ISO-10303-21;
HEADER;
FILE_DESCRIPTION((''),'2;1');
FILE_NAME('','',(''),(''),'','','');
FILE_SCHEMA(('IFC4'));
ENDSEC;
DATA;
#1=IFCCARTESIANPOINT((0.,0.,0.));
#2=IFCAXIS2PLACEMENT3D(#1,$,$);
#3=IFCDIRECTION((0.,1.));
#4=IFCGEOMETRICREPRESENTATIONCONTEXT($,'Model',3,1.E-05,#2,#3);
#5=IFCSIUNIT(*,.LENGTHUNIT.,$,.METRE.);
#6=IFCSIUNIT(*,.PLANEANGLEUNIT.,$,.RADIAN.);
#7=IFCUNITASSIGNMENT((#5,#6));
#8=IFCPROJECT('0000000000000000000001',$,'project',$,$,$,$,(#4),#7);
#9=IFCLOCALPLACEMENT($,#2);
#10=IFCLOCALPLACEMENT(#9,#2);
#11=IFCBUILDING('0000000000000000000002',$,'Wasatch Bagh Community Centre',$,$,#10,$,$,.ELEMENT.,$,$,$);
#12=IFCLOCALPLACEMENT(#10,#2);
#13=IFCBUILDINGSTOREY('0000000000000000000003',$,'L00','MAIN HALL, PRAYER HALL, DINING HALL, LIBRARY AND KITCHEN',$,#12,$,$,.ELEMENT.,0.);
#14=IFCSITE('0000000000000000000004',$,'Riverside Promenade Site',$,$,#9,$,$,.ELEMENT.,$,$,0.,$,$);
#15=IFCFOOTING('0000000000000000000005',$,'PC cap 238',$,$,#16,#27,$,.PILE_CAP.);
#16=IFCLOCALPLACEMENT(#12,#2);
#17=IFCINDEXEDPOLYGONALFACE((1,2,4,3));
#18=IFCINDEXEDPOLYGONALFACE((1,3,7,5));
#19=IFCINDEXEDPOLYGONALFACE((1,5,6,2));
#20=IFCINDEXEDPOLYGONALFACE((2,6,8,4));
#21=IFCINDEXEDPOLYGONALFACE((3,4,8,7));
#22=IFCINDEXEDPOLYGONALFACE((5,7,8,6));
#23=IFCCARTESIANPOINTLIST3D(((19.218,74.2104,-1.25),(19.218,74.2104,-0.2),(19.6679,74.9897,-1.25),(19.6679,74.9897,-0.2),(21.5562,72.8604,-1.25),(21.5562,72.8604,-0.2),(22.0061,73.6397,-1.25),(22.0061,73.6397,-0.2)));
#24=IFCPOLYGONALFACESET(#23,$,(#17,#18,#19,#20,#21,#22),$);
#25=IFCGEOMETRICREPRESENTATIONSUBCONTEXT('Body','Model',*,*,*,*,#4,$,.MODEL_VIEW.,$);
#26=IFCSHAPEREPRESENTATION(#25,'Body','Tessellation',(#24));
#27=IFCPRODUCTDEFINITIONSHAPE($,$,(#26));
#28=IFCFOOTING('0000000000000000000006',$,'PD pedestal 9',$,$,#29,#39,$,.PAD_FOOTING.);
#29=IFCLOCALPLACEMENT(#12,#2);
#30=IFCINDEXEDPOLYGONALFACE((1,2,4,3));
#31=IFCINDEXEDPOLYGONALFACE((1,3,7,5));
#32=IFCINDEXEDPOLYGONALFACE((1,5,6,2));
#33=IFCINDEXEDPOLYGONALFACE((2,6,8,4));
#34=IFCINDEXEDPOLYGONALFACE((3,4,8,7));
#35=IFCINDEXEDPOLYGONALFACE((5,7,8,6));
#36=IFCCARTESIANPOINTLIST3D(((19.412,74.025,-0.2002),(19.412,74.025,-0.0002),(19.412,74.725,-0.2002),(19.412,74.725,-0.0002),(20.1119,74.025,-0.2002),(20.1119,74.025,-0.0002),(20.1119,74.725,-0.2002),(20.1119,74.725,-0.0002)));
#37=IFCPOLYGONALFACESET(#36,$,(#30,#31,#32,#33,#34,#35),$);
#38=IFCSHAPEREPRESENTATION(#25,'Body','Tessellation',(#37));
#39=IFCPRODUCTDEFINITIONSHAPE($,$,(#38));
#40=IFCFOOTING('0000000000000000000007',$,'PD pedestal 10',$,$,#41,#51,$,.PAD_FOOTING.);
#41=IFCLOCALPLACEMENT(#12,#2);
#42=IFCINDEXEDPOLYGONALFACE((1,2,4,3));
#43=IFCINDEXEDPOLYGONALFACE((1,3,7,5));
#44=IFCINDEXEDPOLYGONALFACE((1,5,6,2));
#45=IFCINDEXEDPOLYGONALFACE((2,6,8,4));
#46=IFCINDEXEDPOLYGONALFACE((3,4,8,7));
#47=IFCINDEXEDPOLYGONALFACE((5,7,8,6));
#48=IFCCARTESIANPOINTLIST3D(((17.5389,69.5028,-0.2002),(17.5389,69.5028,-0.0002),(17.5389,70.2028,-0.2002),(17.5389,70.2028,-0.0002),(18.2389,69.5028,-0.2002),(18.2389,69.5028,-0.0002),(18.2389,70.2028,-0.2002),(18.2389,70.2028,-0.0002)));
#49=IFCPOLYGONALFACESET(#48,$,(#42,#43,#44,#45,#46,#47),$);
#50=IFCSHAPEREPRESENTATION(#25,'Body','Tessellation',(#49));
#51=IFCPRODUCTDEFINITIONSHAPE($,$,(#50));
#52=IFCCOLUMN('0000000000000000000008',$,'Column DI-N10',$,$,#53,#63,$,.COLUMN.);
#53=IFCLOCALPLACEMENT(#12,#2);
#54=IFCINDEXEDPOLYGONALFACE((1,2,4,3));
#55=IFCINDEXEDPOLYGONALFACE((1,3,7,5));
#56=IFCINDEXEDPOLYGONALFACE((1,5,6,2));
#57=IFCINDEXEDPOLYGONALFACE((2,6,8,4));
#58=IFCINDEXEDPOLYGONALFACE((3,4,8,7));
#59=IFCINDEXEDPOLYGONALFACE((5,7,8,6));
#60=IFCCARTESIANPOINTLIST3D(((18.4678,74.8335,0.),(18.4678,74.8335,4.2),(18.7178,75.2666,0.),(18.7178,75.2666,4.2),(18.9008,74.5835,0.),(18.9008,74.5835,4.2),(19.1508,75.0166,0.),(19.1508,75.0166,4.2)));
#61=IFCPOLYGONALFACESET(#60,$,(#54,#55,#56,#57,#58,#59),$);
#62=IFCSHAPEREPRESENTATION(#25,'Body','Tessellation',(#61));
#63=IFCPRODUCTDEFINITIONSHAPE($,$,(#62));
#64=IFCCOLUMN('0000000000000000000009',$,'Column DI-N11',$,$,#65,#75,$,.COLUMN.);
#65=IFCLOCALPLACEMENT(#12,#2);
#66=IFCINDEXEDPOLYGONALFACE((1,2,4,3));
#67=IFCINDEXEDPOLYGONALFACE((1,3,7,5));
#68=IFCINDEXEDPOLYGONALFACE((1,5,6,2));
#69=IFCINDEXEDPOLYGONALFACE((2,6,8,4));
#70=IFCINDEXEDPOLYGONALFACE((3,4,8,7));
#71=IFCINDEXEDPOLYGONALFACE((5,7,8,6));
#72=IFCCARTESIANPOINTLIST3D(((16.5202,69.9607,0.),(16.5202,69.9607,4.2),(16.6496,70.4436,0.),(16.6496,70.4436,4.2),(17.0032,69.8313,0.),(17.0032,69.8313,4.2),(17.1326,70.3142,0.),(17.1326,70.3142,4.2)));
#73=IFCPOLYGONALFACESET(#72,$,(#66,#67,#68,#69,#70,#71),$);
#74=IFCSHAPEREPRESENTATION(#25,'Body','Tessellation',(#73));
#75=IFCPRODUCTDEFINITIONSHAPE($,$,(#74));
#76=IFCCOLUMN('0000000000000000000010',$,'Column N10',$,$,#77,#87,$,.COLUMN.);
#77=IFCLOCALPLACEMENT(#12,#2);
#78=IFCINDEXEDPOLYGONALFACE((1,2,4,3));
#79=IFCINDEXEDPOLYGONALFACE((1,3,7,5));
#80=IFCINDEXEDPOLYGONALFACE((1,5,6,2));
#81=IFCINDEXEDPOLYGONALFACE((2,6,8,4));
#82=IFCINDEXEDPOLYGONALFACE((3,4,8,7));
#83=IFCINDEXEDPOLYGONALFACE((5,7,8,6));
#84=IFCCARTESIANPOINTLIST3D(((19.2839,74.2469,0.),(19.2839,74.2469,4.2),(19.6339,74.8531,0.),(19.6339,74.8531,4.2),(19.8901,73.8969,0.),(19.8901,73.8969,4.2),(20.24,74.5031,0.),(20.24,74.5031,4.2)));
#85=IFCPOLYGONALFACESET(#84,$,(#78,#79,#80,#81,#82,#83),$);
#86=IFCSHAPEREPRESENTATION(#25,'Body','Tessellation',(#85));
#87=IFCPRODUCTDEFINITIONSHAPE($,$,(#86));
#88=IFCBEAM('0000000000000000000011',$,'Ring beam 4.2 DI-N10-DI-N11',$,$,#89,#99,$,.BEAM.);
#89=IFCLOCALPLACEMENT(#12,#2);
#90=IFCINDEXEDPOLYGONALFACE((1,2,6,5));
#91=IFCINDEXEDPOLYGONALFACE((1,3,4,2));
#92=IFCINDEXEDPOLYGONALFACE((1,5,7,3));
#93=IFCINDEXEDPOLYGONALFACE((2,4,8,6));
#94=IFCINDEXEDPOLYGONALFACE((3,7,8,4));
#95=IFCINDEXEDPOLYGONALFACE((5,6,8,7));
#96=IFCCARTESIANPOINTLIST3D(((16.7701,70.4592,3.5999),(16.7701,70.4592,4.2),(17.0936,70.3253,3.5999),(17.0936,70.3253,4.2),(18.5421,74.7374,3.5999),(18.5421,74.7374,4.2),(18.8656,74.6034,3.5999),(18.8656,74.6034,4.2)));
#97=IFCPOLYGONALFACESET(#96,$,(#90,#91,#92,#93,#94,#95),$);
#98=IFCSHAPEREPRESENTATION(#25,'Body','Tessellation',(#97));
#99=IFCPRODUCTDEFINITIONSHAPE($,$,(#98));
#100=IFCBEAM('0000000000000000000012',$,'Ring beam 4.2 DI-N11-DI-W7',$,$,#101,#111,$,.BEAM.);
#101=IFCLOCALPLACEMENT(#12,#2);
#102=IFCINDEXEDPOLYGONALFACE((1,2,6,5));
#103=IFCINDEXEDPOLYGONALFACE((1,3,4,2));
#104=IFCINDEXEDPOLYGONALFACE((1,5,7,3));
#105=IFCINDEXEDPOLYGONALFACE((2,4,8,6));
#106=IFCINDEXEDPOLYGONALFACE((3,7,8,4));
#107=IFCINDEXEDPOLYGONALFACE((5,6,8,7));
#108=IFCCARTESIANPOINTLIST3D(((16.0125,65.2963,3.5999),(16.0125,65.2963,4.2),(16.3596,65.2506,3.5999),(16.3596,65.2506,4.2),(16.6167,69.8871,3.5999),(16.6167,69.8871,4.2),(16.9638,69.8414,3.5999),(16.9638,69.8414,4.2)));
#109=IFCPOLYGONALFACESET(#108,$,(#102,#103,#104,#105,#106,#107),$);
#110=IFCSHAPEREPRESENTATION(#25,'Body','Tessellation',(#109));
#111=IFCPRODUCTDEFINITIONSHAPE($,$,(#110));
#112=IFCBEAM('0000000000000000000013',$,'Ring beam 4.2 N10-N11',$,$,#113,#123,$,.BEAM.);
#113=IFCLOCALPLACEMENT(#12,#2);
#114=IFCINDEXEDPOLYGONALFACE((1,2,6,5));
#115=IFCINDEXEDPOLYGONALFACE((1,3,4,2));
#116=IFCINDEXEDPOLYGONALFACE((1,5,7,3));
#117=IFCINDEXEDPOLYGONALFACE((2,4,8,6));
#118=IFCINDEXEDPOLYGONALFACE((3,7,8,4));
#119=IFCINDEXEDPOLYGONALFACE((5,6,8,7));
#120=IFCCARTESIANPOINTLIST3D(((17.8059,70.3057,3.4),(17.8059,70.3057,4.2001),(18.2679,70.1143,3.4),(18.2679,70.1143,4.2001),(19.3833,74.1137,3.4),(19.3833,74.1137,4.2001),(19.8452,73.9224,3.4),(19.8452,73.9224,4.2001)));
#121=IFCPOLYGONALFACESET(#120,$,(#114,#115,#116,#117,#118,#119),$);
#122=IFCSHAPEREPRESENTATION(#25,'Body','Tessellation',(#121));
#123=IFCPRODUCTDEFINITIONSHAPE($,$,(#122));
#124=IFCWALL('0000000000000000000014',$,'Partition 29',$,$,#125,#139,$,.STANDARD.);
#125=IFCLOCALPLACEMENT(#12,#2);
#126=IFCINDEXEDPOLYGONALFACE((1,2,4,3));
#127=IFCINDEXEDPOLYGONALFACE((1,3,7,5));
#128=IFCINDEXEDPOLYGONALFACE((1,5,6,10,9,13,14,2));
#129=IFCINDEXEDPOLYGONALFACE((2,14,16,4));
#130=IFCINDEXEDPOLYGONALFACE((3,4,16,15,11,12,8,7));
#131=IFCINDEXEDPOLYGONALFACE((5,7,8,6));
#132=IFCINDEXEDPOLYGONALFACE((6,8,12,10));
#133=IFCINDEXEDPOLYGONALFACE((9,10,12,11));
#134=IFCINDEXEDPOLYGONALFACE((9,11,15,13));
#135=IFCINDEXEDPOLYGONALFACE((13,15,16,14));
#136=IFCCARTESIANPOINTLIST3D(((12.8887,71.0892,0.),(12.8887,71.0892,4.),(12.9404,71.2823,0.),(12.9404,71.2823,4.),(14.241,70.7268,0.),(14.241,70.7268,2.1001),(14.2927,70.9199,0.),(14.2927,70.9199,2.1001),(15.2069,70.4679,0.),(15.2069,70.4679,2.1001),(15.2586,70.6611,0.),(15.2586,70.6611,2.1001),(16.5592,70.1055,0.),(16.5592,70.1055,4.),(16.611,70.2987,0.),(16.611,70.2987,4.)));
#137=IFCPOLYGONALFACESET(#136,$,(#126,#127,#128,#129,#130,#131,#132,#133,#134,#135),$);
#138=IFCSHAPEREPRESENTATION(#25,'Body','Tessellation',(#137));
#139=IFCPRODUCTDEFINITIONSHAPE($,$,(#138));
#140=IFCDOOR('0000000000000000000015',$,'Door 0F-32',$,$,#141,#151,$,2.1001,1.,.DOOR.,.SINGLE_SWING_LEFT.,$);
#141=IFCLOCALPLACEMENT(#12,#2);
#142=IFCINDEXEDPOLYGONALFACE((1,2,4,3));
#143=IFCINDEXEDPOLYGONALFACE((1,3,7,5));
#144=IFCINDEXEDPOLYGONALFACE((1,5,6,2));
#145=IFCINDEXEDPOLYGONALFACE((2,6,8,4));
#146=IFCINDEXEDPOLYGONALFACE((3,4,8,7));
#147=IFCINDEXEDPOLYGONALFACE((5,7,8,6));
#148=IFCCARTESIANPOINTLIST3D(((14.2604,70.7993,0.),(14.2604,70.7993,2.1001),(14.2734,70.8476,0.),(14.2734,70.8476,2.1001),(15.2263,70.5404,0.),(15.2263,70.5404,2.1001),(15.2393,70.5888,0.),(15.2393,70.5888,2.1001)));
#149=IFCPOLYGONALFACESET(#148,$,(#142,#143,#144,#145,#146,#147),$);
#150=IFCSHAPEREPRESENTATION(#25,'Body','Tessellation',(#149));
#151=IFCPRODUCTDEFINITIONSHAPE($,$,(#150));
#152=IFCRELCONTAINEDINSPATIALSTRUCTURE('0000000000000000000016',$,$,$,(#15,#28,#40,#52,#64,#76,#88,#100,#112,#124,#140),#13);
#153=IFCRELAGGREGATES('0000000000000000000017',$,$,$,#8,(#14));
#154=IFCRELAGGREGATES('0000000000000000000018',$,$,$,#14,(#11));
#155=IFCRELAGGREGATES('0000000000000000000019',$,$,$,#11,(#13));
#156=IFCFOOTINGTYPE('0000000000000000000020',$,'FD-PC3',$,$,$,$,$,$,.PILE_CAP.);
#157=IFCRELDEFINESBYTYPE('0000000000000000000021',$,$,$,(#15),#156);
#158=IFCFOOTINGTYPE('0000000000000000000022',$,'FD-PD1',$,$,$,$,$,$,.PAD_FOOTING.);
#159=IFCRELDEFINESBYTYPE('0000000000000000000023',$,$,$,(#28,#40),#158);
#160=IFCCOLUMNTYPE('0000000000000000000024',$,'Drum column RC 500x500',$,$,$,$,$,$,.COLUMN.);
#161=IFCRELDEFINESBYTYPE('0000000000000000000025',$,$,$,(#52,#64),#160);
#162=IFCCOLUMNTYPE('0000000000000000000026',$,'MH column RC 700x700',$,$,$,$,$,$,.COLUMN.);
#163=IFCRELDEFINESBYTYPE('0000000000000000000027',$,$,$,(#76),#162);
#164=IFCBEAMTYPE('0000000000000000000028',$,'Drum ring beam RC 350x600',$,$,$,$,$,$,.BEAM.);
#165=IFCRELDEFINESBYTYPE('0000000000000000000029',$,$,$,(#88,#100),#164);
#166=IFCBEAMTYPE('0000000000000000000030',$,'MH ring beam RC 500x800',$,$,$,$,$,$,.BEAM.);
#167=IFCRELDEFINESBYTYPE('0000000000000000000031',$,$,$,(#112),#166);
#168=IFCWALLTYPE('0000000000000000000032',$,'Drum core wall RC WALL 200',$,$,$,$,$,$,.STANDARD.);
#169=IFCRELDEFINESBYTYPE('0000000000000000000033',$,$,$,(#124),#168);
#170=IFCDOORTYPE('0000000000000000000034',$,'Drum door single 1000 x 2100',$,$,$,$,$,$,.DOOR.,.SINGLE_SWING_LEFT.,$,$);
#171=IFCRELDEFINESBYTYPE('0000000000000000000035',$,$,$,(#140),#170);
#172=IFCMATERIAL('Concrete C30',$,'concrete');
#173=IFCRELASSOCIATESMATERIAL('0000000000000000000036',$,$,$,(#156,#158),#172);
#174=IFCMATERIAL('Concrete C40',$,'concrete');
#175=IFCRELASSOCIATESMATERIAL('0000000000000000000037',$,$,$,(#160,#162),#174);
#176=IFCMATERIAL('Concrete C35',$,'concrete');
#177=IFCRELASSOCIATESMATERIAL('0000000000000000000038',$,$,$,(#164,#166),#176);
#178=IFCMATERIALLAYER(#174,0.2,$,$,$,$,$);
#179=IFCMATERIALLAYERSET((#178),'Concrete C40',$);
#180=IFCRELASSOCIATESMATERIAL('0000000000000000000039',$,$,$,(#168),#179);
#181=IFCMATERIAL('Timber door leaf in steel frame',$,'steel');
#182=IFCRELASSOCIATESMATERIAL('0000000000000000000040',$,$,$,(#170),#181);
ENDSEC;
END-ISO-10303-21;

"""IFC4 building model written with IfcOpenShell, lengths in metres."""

from ifc_helpers import new_model, si_unit, direction, frame, frame_2d, origin, origin_2d, place, context, subcontext, project, spatial, rectangle, extrude, material, layer, layer_set, material_profile, profile_set, type_object, element, fill, save


model = new_model("IFC4")

# Units and contexts
model_context = context("Model", 3, precision=1e-05, world=origin(), true_north=direction((0.0, 1.0)))
body_context = subcontext(model_context, "Body", "Model", "MODEL_VIEW")
ifc_project = project(units=[si_unit("LENGTHUNIT", "METRE"), si_unit("PLANEANGLEUNIT", "RADIAN")], contexts=[model_context])

# Site, building, storey
site_placement = place(None, origin())
site = spatial("IfcSite", under=ifc_project, at=site_placement, Name="Riverside Promenade Site", CompositionType="ELEMENT", RefElevation=0.0)
building_placement = place(site_placement, origin())
building = spatial("IfcBuilding", under=site, at=building_placement, Name="Wasatch Bagh Community Centre", CompositionType="ELEMENT")
storey_placement = place(building_placement, origin())
storey = spatial("IfcBuildingStorey", under=building, at=storey_placement, Name="L00", Description="MAIN HALL, PRAYER HALL, DINING HALL, LIBRARY AND KITCHEN", CompositionType="ELEMENT", Elevation=0.0)

# Shared definitions
ifc_material_1 = material(Name="Concrete C35", Category="concrete")

# Shared definitions
ifc_material_2 = material(Name="Concrete C30", Category="concrete")

# Footings
footing_type_1 = type_object("IfcFootingType", Name="FD-PC3", PredefinedType="PILE_CAP", material=ifc_material_2)
footing_1_placement = place(storey_placement, frame((20.6121, 73.925, -1.25), z_axis=(0.0, 0.0, 1.0), x_axis=(0.866025, -0.5, 0.0)))
element("IfcFooting", 1, at=footing_1_placement, inside=storey, type_object=footing_type_1, Name="PC cap 238", PredefinedType="PILE_CAP", context=body_context, shape_type="SweptSolid", body=[
    extrude(rectangle(XDim=2.7, YDim=0.8999, at=origin_2d()), origin(), (0.0, 0.0, 1.0), 1.05),
])
footing_type_2 = type_object("IfcFootingType", Name="FD-PD1", PredefinedType="PAD_FOOTING", material=ifc_material_2)
for number, where, z_axis, x_axis, name in (
    (2, (19.762, 74.375, -0.2002), (0.0, 0.0, 1.0), (1.0, 0.0, 0.0), "PD pedestal 9"),
    (3, (17.8889, 69.8528, -0.2002), (0.0, 0.0, 1.0), (1.0, 0.0, 0.0), "PD pedestal 10"),
):
    element("IfcFooting", number, at=place(storey_placement, frame(where, z_axis=z_axis, x_axis=x_axis)), inside=storey, type_object=footing_type_2, Name=name, PredefinedType="PAD_FOOTING", context=body_context, shape_type="SweptSolid", body=[
        extrude(rectangle(XDim=0.7, YDim=0.7, at=origin_2d()), origin(), (0.0, 0.0, 1.0), 0.2),
    ])

# Columns
ifc_material_3 = material(Name="Concrete C40", Category="concrete")
ifc_material_profile_1 = material_profile(ifc_material_3, rectangle(XDim=0.5, YDim=0.5, at=origin_2d()), Name="RC 500x500")
ifc_profile_set_1 = profile_set([ifc_material_profile_1], Name="Concrete C40")
column_type_1 = type_object("IfcColumnType", Name="Drum column RC 500x500", PredefinedType="COLUMN", material=ifc_profile_set_1)
for number, where, z_axis, x_axis, name in (
    (4, (18.8093, 74.925, 0.0), (0.0, 0.0, 1.0), (0.5, 0.866025, 0.0), "Column DI-N10"),
    (5, (16.8264, 70.1375, 0.0), (0.0, 0.0, 1.0), (0.258819, 0.965926, 0.0), "Column DI-N11"),
):
    element("IfcColumn", number, at=place(storey_placement, frame(where, z_axis=z_axis, x_axis=x_axis)), inside=storey, type_object=column_type_1, Name=name, PredefinedType="COLUMN", context=body_context, shape_type="SweptSolid", body=[
        extrude(rectangle(XDim=0.5, YDim=0.5, at=origin_2d()), origin(), (0.0, 0.0, 1.0), 4.2),
    ])
ifc_material_profile_2 = material_profile(ifc_material_3, rectangle(XDim=0.7, YDim=0.7, at=origin_2d()), Name="RC 700x700")
ifc_profile_set_2 = profile_set([ifc_material_profile_2], Name="Concrete C40")
column_type_2 = type_object("IfcColumnType", Name="MH column RC 700x700", PredefinedType="COLUMN", material=ifc_profile_set_2)
column_placement = place(storey_placement, frame((19.762, 74.375, 0.0), z_axis=(0.0, 0.0, 1.0), x_axis=(0.5, 0.866025, 0.0)))
element("IfcColumn", 6, at=column_placement, inside=storey, type_object=column_type_2, Name="Column N10", PredefinedType="COLUMN", context=body_context, shape_type="SweptSolid", body=[
    extrude(rectangle(XDim=0.7, YDim=0.7, at=origin_2d()), origin(), (0.0, 0.0, 1.0), 4.2),
])

# Beams
ifc_material_profile_3 = material_profile(ifc_material_1, rectangle(XDim=0.3501, YDim=0.6001, at=origin_2d()), Name="RC 350x600")
ifc_profile_set_3 = profile_set([ifc_material_profile_3], Name="Concrete C35")
beam_type_1 = type_object("IfcBeamType", Name="Drum ring beam RC 350x600", PredefinedType="BEAM", material=ifc_profile_set_3)
beam_1_placement = place(storey_placement, frame((18.7039, 74.6704, 3.8999), z_axis=(-0.382672, -0.923884, 0.0), x_axis=(0.923884, -0.382672, 0.0)))
element("IfcBeam", 7, at=beam_1_placement, inside=storey, type_object=beam_type_1, Name="Ring beam 4.2 DI-N10-DI-N11", PredefinedType="BEAM", context=body_context, shape_type="SweptSolid", body=[
    extrude(rectangle(XDim=0.3501, YDim=0.6001, at=origin_2d()), origin(), (0.0, 0.0, 1.0), 4.6306),
])
beam_2_placement = place(storey_placement, frame((16.7903, 69.8643, 3.8999), z_axis=(-0.130495, -0.991449, 0.0), x_axis=(0.991449, -0.130495, 0.0)))
element("IfcBeam", 8, at=beam_2_placement, inside=storey, type_object=beam_type_1, Name="Ring beam 4.2 DI-N11-DI-W7", PredefinedType="BEAM", context=body_context, shape_type="SweptSolid", body=[
    extrude(rectangle(XDim=0.3501, YDim=0.6001, at=origin_2d()), origin(), (0.0, 0.0, 1.0), 4.6304),
])
ifc_material_profile_4 = material_profile(ifc_material_1, rectangle(XDim=0.5, YDim=0.8, at=origin_2d()), Name="RC 500x800")
ifc_profile_set_4 = profile_set([ifc_material_profile_4], Name="Concrete C35")
beam_type_2 = type_object("IfcBeamType", Name="MH ring beam RC 500x800", PredefinedType="BEAM", material=ifc_profile_set_4)
beam_3_placement = place(storey_placement, frame((19.6143, 74.0181, 3.8), z_axis=(-0.382688, -0.923878, 0.0), x_axis=(0.923878, -0.382688, 0.0)))
element("IfcBeam", 9, at=beam_3_placement, inside=storey, type_object=beam_type_2, Name="Ring beam 4.2 N10-N11", PredefinedType="BEAM", context=body_context, shape_type="SweptSolid", body=[
    extrude(rectangle(XDim=0.5, YDim=0.8, at=origin_2d()), origin(), (0.0, 0.0, 1.0), 4.1218),
])

# Wall, opening, door
ifc_layer_1 = layer(ifc_material_3, 0.2)
ifc_layer_set_1 = layer_set([ifc_layer_1], Name="Concrete C40")
wall_type_1 = type_object("IfcWallType", Name="Drum core wall RC WALL 200", PredefinedType="STANDARD", material=ifc_layer_set_1)
wall_1_placement = place(storey_placement, frame((16.585, 70.2021, 0.0), z_axis=(0.0, 0.0, 1.0), x_axis=(-0.96592, 0.258842, 0.0)))
wall_1 = element("IfcWall", 10, at=wall_1_placement, inside=storey, type_object=wall_type_1, Name="Partition 29", PredefinedType="STANDARD", context=body_context, shape_type="SweptSolid", body=[
    extrude(rectangle(XDim=3.8, YDim=0.2, at=frame_2d((1.8999, 0.0))), origin(), (0.0, 0.0, 1.0), 4.0),
])
opening_1_placement = place(wall_1_placement, frame((1.3999, 0.0, 0.0)))
opening_1 = element("IfcOpeningElement", 11, at=opening_1_placement, cuts=wall_1, PredefinedType="OPENING", context=body_context, shape_type="SweptSolid", body=[
    extrude(rectangle(XDim=1.0, YDim=2.1001, at=frame_2d((0.5, 1.05))), frame((0.0, 0.1099, 0.0), z_axis=(0.0, -1.0, 0.0), x_axis=(1.0, 0.0, 0.0)), (0.0, 0.0, 1.0), 0.22),
])
ifc_material_4 = material(Name="Timber door leaf in steel frame", Category="steel")
door_type_1 = type_object("IfcDoorType", Name="Drum door single 1000 x 2100", OperationType="SINGLE_SWING_LEFT", PredefinedType="DOOR", material=ifc_material_4)
door_1_placement = place(opening_1_placement, origin())
door_1 = element("IfcDoor", 12, at=door_1_placement, inside=storey, type_object=door_type_1, Name="Door 0F-32", OperationType="SINGLE_SWING_LEFT", OverallHeight=2.1001, OverallWidth=1.0, PredefinedType="DOOR", context=body_context, shape_type="SweptSolid", body=[
    extrude(rectangle(XDim=1.0, YDim=2.1001, at=frame_2d((0.5, 1.05))), frame((0.0, 0.0249, 0.0), z_axis=(0.0, -1.0, 0.0), x_axis=(1.0, 0.0, 0.0)), (0.0, 0.0, 1.0), 0.05),
])
fill(opening_1, door_1)

save(model, "model.ifc")
